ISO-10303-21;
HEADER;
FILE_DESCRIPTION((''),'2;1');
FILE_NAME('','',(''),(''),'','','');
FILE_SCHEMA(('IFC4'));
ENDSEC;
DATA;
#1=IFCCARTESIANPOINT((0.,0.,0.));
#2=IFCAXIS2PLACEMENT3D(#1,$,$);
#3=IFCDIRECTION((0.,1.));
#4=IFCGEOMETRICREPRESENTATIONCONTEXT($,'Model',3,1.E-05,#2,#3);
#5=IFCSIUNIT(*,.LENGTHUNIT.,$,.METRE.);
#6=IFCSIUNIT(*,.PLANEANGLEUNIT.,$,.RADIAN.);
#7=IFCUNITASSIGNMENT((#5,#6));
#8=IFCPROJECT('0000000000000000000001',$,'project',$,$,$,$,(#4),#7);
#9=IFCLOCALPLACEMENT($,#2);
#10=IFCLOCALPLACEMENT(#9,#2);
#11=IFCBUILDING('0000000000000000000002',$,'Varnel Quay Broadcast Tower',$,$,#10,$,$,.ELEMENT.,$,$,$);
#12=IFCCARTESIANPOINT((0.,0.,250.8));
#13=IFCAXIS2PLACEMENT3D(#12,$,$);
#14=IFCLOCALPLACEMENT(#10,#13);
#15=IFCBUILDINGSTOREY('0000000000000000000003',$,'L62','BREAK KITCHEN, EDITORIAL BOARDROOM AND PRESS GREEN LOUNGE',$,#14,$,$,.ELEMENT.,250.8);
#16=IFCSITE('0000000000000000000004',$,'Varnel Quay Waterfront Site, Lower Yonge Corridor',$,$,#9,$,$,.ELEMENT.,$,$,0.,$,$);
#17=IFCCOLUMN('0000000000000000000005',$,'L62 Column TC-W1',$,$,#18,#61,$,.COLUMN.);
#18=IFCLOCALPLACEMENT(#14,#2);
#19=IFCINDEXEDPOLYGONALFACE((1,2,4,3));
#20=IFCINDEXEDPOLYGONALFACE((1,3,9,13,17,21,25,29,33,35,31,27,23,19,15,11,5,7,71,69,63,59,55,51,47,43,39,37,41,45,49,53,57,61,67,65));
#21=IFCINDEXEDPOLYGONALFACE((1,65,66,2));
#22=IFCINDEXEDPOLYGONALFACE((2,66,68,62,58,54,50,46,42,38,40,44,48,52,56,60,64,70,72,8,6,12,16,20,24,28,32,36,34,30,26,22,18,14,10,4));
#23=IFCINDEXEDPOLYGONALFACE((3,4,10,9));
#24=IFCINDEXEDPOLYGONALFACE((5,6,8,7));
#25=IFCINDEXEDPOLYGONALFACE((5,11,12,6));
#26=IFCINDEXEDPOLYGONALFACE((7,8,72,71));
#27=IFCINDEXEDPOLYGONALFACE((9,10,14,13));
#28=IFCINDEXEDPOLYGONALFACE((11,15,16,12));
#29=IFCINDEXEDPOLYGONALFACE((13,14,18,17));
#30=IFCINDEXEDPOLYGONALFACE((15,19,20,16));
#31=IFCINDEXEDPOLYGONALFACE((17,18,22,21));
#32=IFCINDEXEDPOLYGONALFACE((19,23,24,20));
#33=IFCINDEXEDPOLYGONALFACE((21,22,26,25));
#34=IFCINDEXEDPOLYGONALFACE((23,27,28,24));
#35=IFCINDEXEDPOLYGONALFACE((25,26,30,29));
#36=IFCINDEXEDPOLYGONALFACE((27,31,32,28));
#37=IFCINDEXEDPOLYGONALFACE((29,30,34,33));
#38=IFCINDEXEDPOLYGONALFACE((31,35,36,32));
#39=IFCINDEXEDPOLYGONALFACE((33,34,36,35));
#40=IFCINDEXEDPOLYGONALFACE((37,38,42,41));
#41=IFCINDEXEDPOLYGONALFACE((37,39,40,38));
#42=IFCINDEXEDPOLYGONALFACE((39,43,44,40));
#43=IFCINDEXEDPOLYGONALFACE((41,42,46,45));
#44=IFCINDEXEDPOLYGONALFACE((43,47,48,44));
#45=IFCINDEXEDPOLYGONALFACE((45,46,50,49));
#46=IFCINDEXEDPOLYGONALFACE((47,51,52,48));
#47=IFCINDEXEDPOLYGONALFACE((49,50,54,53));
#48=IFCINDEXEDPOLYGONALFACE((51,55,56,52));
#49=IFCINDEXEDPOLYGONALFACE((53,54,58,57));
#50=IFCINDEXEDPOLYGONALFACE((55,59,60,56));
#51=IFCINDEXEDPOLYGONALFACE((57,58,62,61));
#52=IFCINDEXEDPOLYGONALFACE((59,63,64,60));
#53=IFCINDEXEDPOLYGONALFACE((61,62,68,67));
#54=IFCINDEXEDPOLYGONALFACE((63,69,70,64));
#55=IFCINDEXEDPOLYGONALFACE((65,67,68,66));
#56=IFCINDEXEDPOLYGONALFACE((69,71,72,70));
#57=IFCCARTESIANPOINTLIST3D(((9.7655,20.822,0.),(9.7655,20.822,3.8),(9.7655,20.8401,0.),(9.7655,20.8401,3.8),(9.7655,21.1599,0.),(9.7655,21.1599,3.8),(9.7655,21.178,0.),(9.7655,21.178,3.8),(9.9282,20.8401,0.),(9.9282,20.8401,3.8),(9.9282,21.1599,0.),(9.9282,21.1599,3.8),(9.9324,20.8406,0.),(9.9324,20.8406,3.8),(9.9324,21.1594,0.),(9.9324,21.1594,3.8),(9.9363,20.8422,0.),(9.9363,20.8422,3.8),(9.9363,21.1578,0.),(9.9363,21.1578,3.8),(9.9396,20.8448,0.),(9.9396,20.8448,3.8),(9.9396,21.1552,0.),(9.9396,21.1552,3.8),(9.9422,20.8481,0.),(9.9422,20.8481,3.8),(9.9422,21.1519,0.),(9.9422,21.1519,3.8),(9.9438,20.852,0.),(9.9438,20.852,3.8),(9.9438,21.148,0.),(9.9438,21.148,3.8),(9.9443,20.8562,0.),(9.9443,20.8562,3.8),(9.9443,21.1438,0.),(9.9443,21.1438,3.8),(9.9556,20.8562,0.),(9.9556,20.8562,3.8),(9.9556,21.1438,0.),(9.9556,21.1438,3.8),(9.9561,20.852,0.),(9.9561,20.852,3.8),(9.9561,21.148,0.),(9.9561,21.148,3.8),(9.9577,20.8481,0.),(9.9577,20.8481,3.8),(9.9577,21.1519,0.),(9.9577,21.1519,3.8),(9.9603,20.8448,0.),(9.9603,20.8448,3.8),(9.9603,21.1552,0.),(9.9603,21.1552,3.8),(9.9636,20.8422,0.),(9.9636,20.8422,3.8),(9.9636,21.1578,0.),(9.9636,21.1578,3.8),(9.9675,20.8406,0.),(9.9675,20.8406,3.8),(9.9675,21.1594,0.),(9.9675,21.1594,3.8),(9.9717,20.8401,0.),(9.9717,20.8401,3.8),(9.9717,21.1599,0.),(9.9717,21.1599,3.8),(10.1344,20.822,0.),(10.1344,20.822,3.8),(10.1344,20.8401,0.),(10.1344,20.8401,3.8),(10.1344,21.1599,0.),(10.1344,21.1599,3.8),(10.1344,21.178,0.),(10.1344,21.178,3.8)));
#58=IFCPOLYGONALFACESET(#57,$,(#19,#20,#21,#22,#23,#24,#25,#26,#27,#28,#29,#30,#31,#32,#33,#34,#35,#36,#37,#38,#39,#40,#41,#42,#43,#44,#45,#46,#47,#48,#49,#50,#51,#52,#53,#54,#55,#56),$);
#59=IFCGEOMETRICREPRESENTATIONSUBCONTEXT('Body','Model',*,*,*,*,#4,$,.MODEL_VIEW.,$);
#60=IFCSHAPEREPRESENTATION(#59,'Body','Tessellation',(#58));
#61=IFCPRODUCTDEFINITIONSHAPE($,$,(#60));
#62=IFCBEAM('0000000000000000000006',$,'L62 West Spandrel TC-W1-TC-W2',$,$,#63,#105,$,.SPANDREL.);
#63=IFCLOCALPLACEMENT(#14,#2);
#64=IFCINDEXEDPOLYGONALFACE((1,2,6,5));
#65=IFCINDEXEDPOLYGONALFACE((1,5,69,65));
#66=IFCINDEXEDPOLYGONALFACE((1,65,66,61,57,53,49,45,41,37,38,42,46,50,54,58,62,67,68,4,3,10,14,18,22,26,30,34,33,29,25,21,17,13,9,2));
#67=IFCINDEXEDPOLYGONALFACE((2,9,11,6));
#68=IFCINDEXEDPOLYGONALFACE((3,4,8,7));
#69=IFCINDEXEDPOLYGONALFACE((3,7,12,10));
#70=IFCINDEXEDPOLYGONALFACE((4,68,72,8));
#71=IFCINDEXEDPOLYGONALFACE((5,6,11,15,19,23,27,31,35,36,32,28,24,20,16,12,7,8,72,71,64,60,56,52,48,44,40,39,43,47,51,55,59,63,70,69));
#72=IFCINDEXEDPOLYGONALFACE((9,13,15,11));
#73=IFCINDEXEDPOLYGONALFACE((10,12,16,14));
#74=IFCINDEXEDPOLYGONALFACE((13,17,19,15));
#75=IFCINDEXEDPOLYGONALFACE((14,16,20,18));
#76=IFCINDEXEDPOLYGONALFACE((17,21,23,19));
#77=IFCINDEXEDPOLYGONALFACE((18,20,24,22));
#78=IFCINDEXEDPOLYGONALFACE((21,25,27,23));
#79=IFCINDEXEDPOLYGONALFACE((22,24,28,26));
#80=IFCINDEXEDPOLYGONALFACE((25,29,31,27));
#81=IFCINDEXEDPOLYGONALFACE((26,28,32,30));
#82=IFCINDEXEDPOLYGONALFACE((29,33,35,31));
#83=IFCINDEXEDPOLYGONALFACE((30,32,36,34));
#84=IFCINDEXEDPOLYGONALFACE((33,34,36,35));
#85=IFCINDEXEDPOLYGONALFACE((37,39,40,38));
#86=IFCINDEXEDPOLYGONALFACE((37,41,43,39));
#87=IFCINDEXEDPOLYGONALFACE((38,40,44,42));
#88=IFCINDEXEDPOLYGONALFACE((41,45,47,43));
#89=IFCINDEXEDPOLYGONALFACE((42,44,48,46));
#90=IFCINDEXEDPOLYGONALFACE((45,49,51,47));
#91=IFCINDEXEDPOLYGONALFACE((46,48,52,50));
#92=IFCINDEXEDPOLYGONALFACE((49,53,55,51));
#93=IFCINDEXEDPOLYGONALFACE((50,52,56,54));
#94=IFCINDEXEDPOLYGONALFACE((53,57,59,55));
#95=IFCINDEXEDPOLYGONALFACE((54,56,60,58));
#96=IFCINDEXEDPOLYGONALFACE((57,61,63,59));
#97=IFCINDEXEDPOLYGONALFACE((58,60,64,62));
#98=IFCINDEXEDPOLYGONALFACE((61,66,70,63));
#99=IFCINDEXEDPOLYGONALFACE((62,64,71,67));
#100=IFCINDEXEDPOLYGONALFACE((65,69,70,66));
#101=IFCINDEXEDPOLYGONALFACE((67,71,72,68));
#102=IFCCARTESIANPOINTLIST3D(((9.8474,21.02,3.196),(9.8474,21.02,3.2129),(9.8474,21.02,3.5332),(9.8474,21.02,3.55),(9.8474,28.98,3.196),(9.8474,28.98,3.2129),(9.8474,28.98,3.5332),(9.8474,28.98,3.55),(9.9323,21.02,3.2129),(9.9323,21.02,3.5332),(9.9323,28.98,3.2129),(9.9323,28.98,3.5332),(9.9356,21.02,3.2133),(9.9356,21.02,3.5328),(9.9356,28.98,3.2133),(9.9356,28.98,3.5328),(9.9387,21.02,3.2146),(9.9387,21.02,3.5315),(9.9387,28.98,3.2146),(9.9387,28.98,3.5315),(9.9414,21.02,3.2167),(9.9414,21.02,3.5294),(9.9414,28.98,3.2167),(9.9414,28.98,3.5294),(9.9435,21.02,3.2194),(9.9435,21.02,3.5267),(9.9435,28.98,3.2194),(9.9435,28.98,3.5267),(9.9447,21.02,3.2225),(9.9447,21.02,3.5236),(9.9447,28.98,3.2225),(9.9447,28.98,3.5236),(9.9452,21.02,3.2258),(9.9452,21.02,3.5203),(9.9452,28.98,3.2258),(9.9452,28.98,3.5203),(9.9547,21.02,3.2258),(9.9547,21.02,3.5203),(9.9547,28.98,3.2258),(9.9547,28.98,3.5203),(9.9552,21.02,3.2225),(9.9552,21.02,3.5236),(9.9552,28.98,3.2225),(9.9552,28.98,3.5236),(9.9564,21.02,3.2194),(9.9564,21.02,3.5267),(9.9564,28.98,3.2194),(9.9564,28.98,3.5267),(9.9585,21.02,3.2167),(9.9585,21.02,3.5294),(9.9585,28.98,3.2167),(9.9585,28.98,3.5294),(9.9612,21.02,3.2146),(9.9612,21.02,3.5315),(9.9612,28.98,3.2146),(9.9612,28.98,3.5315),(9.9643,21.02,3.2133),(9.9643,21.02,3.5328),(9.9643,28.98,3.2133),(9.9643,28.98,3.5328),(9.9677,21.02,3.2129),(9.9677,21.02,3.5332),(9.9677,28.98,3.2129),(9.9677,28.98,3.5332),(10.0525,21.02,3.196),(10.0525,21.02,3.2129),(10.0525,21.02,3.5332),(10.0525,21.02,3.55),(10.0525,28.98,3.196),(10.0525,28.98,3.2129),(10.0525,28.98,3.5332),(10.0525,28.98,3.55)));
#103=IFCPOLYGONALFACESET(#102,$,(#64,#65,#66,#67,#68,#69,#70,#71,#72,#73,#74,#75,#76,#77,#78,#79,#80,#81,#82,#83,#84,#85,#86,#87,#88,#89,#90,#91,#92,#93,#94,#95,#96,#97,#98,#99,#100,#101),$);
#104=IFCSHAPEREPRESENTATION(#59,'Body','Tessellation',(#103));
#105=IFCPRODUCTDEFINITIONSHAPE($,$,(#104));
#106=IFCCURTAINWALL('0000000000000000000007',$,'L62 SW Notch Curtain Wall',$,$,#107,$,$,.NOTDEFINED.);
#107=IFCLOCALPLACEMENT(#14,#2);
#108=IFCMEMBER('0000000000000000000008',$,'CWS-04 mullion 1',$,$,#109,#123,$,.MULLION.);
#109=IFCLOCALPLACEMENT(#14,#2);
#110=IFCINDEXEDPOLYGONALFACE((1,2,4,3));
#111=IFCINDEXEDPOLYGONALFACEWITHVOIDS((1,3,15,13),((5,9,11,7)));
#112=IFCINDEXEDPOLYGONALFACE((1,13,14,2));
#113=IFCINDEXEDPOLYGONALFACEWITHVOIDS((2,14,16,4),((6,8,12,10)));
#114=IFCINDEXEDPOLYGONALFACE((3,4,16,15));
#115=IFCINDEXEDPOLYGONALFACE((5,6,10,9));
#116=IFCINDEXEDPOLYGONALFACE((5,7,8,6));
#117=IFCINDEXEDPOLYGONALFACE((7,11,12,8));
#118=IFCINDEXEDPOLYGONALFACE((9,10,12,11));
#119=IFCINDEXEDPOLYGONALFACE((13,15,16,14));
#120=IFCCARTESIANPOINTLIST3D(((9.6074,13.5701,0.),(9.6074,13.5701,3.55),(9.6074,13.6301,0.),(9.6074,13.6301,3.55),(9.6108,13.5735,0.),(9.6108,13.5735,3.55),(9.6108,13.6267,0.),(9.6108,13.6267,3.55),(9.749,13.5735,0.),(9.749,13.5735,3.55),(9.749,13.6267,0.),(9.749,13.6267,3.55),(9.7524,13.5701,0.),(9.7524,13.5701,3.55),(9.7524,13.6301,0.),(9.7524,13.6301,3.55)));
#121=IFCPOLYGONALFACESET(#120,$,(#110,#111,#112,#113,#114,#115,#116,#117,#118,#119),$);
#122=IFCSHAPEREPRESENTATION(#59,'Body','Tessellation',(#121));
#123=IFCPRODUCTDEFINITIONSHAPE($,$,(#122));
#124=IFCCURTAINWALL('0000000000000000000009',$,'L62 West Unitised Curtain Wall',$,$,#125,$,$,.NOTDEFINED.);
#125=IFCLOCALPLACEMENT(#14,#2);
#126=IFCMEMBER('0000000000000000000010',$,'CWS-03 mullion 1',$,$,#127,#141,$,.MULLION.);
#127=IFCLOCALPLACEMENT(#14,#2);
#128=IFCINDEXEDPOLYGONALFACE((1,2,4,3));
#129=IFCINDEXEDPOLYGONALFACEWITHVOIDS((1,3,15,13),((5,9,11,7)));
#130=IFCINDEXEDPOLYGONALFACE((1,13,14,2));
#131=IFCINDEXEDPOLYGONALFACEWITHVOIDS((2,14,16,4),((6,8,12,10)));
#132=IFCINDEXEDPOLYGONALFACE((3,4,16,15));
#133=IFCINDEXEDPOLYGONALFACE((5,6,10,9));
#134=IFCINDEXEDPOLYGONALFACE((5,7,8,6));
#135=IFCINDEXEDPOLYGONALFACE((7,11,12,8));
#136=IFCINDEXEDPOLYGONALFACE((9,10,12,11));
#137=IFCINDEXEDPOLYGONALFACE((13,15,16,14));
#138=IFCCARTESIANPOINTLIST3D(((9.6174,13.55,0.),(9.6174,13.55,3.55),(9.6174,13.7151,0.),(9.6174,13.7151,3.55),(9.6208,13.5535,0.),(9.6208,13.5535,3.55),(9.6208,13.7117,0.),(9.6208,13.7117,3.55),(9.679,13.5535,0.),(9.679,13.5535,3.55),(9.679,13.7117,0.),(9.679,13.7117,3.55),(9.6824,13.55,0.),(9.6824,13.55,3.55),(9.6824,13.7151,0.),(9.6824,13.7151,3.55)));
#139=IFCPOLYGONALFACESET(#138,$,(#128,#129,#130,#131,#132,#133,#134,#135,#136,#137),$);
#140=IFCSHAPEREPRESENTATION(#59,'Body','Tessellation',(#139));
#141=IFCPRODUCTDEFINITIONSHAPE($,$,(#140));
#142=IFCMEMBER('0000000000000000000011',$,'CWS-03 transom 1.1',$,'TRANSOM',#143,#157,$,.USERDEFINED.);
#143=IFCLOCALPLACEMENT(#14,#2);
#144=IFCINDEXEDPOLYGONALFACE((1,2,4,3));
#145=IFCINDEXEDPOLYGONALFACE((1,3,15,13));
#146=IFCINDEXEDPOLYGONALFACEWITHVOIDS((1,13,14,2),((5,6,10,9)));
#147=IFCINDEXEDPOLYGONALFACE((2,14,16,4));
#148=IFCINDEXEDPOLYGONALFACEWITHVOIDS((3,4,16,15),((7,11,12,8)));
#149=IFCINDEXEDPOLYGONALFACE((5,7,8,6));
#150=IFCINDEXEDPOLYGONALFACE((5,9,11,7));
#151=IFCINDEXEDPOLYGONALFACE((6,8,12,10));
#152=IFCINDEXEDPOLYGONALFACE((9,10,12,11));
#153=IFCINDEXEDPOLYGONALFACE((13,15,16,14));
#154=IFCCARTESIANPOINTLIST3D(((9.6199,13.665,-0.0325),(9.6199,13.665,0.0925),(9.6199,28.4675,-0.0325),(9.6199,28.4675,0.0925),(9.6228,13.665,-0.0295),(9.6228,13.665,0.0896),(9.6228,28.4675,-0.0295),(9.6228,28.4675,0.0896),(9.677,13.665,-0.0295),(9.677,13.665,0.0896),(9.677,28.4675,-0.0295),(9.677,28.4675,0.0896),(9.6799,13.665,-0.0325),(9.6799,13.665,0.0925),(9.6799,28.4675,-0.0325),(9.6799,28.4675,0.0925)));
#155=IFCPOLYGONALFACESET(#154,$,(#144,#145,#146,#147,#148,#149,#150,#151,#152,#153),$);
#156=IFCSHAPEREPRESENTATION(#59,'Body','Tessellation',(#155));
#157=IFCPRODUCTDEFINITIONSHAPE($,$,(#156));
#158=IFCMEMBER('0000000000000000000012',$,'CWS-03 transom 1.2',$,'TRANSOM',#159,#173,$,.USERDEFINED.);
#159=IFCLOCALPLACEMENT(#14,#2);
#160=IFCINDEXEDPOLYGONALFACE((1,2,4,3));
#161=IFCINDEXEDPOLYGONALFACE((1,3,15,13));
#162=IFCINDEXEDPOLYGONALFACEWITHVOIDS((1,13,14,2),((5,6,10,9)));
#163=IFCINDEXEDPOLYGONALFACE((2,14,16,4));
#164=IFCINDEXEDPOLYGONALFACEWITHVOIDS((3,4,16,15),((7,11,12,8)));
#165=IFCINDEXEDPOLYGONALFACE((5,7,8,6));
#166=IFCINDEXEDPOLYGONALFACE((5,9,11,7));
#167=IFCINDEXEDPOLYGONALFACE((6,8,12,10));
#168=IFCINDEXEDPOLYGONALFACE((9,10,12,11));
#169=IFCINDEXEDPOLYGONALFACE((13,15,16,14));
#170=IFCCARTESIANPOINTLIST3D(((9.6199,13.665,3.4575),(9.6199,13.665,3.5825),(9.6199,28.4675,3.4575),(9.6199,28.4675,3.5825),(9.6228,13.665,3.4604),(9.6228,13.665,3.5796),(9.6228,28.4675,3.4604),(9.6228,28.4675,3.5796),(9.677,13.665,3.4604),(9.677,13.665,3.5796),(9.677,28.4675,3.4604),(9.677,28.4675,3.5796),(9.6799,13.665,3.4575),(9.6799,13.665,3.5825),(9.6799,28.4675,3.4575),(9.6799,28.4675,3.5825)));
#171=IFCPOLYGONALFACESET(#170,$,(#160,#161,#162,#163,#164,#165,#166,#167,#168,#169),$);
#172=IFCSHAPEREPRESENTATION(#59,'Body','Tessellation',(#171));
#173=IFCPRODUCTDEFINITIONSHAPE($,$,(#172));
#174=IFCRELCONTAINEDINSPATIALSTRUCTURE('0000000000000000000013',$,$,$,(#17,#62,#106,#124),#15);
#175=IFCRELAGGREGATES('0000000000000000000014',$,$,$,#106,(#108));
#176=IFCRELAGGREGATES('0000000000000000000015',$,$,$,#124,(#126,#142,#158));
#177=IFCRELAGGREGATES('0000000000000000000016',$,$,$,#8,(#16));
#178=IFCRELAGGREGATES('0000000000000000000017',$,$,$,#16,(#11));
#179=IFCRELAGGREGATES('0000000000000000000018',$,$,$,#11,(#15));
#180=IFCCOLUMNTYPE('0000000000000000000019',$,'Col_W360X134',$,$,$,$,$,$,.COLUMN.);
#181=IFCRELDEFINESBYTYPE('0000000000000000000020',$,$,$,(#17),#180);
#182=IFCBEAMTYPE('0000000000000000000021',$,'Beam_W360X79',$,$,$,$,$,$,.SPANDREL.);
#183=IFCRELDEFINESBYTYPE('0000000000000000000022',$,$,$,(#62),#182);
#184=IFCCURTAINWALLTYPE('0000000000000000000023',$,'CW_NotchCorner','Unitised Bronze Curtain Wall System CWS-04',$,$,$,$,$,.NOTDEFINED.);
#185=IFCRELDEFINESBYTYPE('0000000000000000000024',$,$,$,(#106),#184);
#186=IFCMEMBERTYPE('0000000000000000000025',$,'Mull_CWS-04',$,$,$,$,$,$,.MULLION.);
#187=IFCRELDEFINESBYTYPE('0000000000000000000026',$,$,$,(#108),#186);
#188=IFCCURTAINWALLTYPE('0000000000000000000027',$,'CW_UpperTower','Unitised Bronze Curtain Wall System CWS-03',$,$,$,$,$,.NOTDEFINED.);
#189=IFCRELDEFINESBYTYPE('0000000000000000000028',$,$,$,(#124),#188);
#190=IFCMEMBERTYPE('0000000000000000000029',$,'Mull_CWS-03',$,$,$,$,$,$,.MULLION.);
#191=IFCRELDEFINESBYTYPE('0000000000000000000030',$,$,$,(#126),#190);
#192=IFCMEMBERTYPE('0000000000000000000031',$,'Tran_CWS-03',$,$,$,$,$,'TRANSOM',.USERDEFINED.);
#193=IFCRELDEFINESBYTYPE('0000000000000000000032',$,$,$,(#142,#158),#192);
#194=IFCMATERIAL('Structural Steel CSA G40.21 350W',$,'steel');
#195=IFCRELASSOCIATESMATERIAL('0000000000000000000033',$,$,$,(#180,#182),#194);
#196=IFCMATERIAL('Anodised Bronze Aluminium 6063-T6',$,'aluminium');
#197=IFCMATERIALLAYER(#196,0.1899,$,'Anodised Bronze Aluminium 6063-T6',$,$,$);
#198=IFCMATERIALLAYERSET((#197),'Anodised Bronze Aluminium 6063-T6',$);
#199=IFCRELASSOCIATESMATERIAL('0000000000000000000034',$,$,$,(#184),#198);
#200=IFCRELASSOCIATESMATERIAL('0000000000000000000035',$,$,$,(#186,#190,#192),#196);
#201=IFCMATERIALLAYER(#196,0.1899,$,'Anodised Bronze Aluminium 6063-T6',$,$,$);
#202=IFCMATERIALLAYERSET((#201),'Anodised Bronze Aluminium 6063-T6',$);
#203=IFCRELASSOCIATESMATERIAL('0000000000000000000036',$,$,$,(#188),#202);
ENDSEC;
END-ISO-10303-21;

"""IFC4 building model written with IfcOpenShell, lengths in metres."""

from ifc_helpers import new_model, si_unit, direction, frame, origin, origin_2d, place, context, subcontext, project, spatial, hollow_rectangle, i_section, extrude, source, transform, mapped, material, layer, layer_set, material_profile, profile_set, type_object, type_shapes, element, aggregate, save


model = new_model("IFC4")

# Units and contexts
model_context = context("Model", 3, precision=1e-05, world=origin(), true_north=direction((0.0, 1.0)))
body_context = subcontext(model_context, "Body", "Model", "MODEL_VIEW")
ifc_project = project(units=[si_unit("LENGTHUNIT", "METRE"), si_unit("PLANEANGLEUNIT", "RADIAN")], contexts=[model_context])

# Site, building, storey
site_placement = place(None, origin())
site = spatial("IfcSite", under=ifc_project, at=site_placement, Name="Varnel Quay Waterfront Site, Lower Yonge Corridor", CompositionType="ELEMENT", RefElevation=0.0)
building_placement = place(site_placement, origin())
building = spatial("IfcBuilding", under=site, at=building_placement, Name="Varnel Quay Broadcast Tower", CompositionType="ELEMENT")
storey_placement = place(building_placement, frame((0.0, 0.0, 250.8)))
storey = spatial("IfcBuildingStorey", under=building, at=storey_placement, Name="L62", Description="BREAK KITCHEN, EDITORIAL BOARDROOM AND PRESS GREEN LOUNGE", CompositionType="ELEMENT", Elevation=250.8)

# Column
ifc_material_1 = material(Name="Structural Steel CSA G40.21 350W", Category="steel")
ifc_material_profile_1 = material_profile(ifc_material_1, i_section(OverallWidth=0.3689, OverallDepth=0.356, WebThickness=0.0112, FlangeThickness=0.0181, FilletRadius=0.0161, at=origin_2d()), Name="W360X134")
ifc_profile_set_1 = profile_set([ifc_material_profile_1], Name="Structural Steel CSA G40.21 350W")
column_type = type_object("IfcColumnType", Name="Col_W360X134", PredefinedType="COLUMN", material=ifc_profile_set_1)
shared_shape_1 = source(origin(), body_context, "Body", "SweptSolid", [
    extrude(i_section(OverallWidth=0.3689, OverallDepth=0.356, WebThickness=0.0112, FlangeThickness=0.0181, FilletRadius=0.0161, at=origin_2d()), origin(), (0.0, 0.0, 1.0), 3.8),
])
type_shapes(column_type, [shared_shape_1])
column_placement = place(storey_placement, frame((9.95, 21.0, 0.0), z_axis=(0.0, 0.0, 1.0), x_axis=(1.0, 0.0, 0.0)))
element("IfcColumn", 1, at=column_placement, inside=storey, type_object=column_type, Name="L62 Column TC-W1", PredefinedType="COLUMN", context=body_context, shape_type="MappedRepresentation", body=[
    mapped(shared_shape_1, transform((0.0, 0.0, 0.0), x_axis=(1.0, 0.0, 0.0), y_axis=(0.0, 1.0, 0.0), z_axis=(0.0, 0.0, 1.0), scale=1.0)),
])

# Beam
ifc_material_profile_2 = material_profile(ifc_material_1, i_section(OverallWidth=0.2051, OverallDepth=0.354, WebThickness=0.0095, FlangeThickness=0.0168, FilletRadius=0.0129, at=origin_2d()), Name="W360X79")
ifc_profile_set_2 = profile_set([ifc_material_profile_2], Name="Structural Steel CSA G40.21 350W")
beam_type = type_object("IfcBeamType", Name="Beam_W360X79", PredefinedType="SPANDREL", material=ifc_profile_set_2)
shared_shape_2 = source(origin(), body_context, "Body", "SweptSolid", [
    extrude(i_section(OverallWidth=0.2051, OverallDepth=0.354, WebThickness=0.0095, FlangeThickness=0.0168, FilletRadius=0.0129, at=origin_2d()), origin(), (0.0, 0.0, 1.0), 7.96),
])
type_shapes(beam_type, [shared_shape_2])
beam_placement = place(storey_placement, frame((9.95, 21.02, 3.373), z_axis=(0.0, 1.0, 0.0), x_axis=(-1.0, 0.0, 0.0)))
element("IfcBeam", 2, at=beam_placement, inside=storey, type_object=beam_type, Name="L62 West Spandrel TC-W1-TC-W2", PredefinedType="SPANDREL", context=body_context, shape_type="MappedRepresentation", body=[
    mapped(shared_shape_2, transform((0.0, 0.0, 0.0), x_axis=(1.0, 0.0, 0.0), y_axis=(0.0, 1.0, 0.0), z_axis=(0.0, 0.0, 1.0), scale=1.0)),
])

# Curtain wall, member
ifc_material_2 = material(Name="Anodised Bronze Aluminium 6063-T6", Category="aluminium")
ifc_layer_1 = layer(ifc_material_2, 0.1899, Name="Anodised Bronze Aluminium 6063-T6")
ifc_layer_set_1 = layer_set([ifc_layer_1], Name="Anodised Bronze Aluminium 6063-T6")
curtain_wall_type_1 = type_object("IfcCurtainWallType", Name="CW_NotchCorner", Description="Unitised Bronze Curtain Wall System CWS-04", PredefinedType="NOTDEFINED", material=ifc_layer_set_1)
curtain_wall_1_placement = place(storey_placement, origin())
curtain_wall_1 = element("IfcCurtainWall", 3, at=curtain_wall_1_placement, inside=storey, type_object=curtain_wall_type_1, Name="L62 SW Notch Curtain Wall", PredefinedType="NOTDEFINED")
ifc_material_profile_3 = material_profile(ifc_material_2, hollow_rectangle(XDim=0.0601, YDim=0.145, WallThickness=0.0034, at=origin_2d()), Name="ALU60X145X3.5")
ifc_profile_set_3 = profile_set([ifc_material_profile_3], Name="Anodised Bronze Aluminium 6063-T6")
member_type_1 = type_object("IfcMemberType", Name="Mull_CWS-04", PredefinedType="MULLION", material=ifc_profile_set_3)
shared_shape_3 = source(origin(), body_context, "Body", "SweptSolid", [
    extrude(hollow_rectangle(XDim=0.0601, YDim=0.145, WallThickness=0.0034, at=origin_2d()), origin(), (0.0, 0.0, 1.0), 3.55),
])
type_shapes(member_type_1, [shared_shape_3])
member_1_placement = place(storey_placement, frame((9.6799, 13.6001, 0.0), z_axis=(0.0, 0.0, 1.0), x_axis=(0.0, 1.0, 0.0)))
member_1 = element("IfcMember", 4, at=member_1_placement, type_object=member_type_1, Name="CWS-04 mullion 1", PredefinedType="MULLION", context=body_context, shape_type="MappedRepresentation", body=[
    mapped(shared_shape_3, transform((0.0, 0.0, 0.0), x_axis=(1.0, 0.0, 0.0), y_axis=(0.0, 1.0, 0.0), z_axis=(0.0, 0.0, 1.0), scale=1.0)),
])

# Curtain wall, members
ifc_layer_2 = layer(ifc_material_2, 0.1899, Name="Anodised Bronze Aluminium 6063-T6")
ifc_layer_set_2 = layer_set([ifc_layer_2], Name="Anodised Bronze Aluminium 6063-T6")
curtain_wall_type_2 = type_object("IfcCurtainWallType", Name="CW_UpperTower", Description="Unitised Bronze Curtain Wall System CWS-03", PredefinedType="NOTDEFINED", material=ifc_layer_set_2)
curtain_wall_2_placement = place(storey_placement, origin())
curtain_wall_2 = element("IfcCurtainWall", 5, at=curtain_wall_2_placement, inside=storey, type_object=curtain_wall_type_2, Name="L62 West Unitised Curtain Wall", PredefinedType="NOTDEFINED")
ifc_material_profile_4 = material_profile(ifc_material_2, hollow_rectangle(XDim=0.0649, YDim=0.165, WallThickness=0.0034, at=origin_2d()), Name="ALU65X165X3.5")
ifc_profile_set_4 = profile_set([ifc_material_profile_4], Name="Anodised Bronze Aluminium 6063-T6")
member_type_2 = type_object("IfcMemberType", Name="Mull_CWS-03", PredefinedType="MULLION", material=ifc_profile_set_4)
shared_shape_4 = source(origin(), body_context, "Body", "SweptSolid", [
    extrude(hollow_rectangle(XDim=0.0649, YDim=0.165, WallThickness=0.0034, at=origin_2d()), origin(), (0.0, 0.0, 1.0), 3.55),
])
type_shapes(member_type_2, [shared_shape_4])
member_2_placement = place(storey_placement, frame((9.6499, 13.6326, 0.0), z_axis=(0.0, 0.0, 1.0), x_axis=(-1.0, 0.0, 0.0)))
member_2 = element("IfcMember", 6, at=member_2_placement, type_object=member_type_2, Name="CWS-03 mullion 1", PredefinedType="MULLION", context=body_context, shape_type="MappedRepresentation", body=[
    mapped(shared_shape_4, transform((0.0, 0.0, 0.0), x_axis=(1.0, 0.0, 0.0), y_axis=(0.0, 1.0, 0.0), z_axis=(0.0, 0.0, 1.0), scale=1.0)),
])
ifc_material_profile_5 = material_profile(ifc_material_2, hollow_rectangle(XDim=0.0601, YDim=0.125, WallThickness=0.0029, at=origin_2d()), Name="ALU60X125X3")
ifc_profile_set_5 = profile_set([ifc_material_profile_5], Name="Anodised Bronze Aluminium 6063-T6")
member_type_3 = type_object("IfcMemberType", Name="Tran_CWS-03", ElementType="TRANSOM", PredefinedType="USERDEFINED", material=ifc_profile_set_5)
shared_shape_5 = source(origin(), body_context, "Body", "SweptSolid", [
    extrude(hollow_rectangle(XDim=0.0601, YDim=0.125, WallThickness=0.0029, at=origin_2d()), origin(), (0.0, 0.0, 1.0), 14.8025),
])
type_shapes(member_type_3, [shared_shape_5])
member_3_placement = place(storey_placement, frame((9.6499, 13.665, 0.03), z_axis=(0.0, 1.0, 0.0), x_axis=(-1.0, 0.0, 0.0)))
member_3 = element("IfcMember", 7, at=member_3_placement, type_object=member_type_3, Name="CWS-03 transom 1.1", ObjectType="TRANSOM", PredefinedType="USERDEFINED", context=body_context, shape_type="MappedRepresentation", body=[
    mapped(shared_shape_5, transform((0.0, 0.0, 0.0), x_axis=(1.0, 0.0, 0.0), y_axis=(0.0, 1.0, 0.0), z_axis=(0.0, 0.0, 1.0), scale=1.0)),
])
member_4_placement = place(storey_placement, frame((9.6499, 13.665, 3.52), z_axis=(0.0, 1.0, 0.0), x_axis=(-1.0, 0.0, 0.0)))
member_4 = element("IfcMember", 8, at=member_4_placement, type_object=member_type_3, Name="CWS-03 transom 1.2", ObjectType="TRANSOM", PredefinedType="USERDEFINED", context=body_context, shape_type="MappedRepresentation", body=[
    mapped(shared_shape_5, transform((0.0, 0.0, 0.0), x_axis=(1.0, 0.0, 0.0), y_axis=(0.0, 1.0, 0.0), z_axis=(0.0, 0.0, 1.0), scale=1.0)),
])

aggregate(curtain_wall_1, [member_1])

aggregate(curtain_wall_2, [member_2, member_3, member_4])

save(model, "model.ifc")
